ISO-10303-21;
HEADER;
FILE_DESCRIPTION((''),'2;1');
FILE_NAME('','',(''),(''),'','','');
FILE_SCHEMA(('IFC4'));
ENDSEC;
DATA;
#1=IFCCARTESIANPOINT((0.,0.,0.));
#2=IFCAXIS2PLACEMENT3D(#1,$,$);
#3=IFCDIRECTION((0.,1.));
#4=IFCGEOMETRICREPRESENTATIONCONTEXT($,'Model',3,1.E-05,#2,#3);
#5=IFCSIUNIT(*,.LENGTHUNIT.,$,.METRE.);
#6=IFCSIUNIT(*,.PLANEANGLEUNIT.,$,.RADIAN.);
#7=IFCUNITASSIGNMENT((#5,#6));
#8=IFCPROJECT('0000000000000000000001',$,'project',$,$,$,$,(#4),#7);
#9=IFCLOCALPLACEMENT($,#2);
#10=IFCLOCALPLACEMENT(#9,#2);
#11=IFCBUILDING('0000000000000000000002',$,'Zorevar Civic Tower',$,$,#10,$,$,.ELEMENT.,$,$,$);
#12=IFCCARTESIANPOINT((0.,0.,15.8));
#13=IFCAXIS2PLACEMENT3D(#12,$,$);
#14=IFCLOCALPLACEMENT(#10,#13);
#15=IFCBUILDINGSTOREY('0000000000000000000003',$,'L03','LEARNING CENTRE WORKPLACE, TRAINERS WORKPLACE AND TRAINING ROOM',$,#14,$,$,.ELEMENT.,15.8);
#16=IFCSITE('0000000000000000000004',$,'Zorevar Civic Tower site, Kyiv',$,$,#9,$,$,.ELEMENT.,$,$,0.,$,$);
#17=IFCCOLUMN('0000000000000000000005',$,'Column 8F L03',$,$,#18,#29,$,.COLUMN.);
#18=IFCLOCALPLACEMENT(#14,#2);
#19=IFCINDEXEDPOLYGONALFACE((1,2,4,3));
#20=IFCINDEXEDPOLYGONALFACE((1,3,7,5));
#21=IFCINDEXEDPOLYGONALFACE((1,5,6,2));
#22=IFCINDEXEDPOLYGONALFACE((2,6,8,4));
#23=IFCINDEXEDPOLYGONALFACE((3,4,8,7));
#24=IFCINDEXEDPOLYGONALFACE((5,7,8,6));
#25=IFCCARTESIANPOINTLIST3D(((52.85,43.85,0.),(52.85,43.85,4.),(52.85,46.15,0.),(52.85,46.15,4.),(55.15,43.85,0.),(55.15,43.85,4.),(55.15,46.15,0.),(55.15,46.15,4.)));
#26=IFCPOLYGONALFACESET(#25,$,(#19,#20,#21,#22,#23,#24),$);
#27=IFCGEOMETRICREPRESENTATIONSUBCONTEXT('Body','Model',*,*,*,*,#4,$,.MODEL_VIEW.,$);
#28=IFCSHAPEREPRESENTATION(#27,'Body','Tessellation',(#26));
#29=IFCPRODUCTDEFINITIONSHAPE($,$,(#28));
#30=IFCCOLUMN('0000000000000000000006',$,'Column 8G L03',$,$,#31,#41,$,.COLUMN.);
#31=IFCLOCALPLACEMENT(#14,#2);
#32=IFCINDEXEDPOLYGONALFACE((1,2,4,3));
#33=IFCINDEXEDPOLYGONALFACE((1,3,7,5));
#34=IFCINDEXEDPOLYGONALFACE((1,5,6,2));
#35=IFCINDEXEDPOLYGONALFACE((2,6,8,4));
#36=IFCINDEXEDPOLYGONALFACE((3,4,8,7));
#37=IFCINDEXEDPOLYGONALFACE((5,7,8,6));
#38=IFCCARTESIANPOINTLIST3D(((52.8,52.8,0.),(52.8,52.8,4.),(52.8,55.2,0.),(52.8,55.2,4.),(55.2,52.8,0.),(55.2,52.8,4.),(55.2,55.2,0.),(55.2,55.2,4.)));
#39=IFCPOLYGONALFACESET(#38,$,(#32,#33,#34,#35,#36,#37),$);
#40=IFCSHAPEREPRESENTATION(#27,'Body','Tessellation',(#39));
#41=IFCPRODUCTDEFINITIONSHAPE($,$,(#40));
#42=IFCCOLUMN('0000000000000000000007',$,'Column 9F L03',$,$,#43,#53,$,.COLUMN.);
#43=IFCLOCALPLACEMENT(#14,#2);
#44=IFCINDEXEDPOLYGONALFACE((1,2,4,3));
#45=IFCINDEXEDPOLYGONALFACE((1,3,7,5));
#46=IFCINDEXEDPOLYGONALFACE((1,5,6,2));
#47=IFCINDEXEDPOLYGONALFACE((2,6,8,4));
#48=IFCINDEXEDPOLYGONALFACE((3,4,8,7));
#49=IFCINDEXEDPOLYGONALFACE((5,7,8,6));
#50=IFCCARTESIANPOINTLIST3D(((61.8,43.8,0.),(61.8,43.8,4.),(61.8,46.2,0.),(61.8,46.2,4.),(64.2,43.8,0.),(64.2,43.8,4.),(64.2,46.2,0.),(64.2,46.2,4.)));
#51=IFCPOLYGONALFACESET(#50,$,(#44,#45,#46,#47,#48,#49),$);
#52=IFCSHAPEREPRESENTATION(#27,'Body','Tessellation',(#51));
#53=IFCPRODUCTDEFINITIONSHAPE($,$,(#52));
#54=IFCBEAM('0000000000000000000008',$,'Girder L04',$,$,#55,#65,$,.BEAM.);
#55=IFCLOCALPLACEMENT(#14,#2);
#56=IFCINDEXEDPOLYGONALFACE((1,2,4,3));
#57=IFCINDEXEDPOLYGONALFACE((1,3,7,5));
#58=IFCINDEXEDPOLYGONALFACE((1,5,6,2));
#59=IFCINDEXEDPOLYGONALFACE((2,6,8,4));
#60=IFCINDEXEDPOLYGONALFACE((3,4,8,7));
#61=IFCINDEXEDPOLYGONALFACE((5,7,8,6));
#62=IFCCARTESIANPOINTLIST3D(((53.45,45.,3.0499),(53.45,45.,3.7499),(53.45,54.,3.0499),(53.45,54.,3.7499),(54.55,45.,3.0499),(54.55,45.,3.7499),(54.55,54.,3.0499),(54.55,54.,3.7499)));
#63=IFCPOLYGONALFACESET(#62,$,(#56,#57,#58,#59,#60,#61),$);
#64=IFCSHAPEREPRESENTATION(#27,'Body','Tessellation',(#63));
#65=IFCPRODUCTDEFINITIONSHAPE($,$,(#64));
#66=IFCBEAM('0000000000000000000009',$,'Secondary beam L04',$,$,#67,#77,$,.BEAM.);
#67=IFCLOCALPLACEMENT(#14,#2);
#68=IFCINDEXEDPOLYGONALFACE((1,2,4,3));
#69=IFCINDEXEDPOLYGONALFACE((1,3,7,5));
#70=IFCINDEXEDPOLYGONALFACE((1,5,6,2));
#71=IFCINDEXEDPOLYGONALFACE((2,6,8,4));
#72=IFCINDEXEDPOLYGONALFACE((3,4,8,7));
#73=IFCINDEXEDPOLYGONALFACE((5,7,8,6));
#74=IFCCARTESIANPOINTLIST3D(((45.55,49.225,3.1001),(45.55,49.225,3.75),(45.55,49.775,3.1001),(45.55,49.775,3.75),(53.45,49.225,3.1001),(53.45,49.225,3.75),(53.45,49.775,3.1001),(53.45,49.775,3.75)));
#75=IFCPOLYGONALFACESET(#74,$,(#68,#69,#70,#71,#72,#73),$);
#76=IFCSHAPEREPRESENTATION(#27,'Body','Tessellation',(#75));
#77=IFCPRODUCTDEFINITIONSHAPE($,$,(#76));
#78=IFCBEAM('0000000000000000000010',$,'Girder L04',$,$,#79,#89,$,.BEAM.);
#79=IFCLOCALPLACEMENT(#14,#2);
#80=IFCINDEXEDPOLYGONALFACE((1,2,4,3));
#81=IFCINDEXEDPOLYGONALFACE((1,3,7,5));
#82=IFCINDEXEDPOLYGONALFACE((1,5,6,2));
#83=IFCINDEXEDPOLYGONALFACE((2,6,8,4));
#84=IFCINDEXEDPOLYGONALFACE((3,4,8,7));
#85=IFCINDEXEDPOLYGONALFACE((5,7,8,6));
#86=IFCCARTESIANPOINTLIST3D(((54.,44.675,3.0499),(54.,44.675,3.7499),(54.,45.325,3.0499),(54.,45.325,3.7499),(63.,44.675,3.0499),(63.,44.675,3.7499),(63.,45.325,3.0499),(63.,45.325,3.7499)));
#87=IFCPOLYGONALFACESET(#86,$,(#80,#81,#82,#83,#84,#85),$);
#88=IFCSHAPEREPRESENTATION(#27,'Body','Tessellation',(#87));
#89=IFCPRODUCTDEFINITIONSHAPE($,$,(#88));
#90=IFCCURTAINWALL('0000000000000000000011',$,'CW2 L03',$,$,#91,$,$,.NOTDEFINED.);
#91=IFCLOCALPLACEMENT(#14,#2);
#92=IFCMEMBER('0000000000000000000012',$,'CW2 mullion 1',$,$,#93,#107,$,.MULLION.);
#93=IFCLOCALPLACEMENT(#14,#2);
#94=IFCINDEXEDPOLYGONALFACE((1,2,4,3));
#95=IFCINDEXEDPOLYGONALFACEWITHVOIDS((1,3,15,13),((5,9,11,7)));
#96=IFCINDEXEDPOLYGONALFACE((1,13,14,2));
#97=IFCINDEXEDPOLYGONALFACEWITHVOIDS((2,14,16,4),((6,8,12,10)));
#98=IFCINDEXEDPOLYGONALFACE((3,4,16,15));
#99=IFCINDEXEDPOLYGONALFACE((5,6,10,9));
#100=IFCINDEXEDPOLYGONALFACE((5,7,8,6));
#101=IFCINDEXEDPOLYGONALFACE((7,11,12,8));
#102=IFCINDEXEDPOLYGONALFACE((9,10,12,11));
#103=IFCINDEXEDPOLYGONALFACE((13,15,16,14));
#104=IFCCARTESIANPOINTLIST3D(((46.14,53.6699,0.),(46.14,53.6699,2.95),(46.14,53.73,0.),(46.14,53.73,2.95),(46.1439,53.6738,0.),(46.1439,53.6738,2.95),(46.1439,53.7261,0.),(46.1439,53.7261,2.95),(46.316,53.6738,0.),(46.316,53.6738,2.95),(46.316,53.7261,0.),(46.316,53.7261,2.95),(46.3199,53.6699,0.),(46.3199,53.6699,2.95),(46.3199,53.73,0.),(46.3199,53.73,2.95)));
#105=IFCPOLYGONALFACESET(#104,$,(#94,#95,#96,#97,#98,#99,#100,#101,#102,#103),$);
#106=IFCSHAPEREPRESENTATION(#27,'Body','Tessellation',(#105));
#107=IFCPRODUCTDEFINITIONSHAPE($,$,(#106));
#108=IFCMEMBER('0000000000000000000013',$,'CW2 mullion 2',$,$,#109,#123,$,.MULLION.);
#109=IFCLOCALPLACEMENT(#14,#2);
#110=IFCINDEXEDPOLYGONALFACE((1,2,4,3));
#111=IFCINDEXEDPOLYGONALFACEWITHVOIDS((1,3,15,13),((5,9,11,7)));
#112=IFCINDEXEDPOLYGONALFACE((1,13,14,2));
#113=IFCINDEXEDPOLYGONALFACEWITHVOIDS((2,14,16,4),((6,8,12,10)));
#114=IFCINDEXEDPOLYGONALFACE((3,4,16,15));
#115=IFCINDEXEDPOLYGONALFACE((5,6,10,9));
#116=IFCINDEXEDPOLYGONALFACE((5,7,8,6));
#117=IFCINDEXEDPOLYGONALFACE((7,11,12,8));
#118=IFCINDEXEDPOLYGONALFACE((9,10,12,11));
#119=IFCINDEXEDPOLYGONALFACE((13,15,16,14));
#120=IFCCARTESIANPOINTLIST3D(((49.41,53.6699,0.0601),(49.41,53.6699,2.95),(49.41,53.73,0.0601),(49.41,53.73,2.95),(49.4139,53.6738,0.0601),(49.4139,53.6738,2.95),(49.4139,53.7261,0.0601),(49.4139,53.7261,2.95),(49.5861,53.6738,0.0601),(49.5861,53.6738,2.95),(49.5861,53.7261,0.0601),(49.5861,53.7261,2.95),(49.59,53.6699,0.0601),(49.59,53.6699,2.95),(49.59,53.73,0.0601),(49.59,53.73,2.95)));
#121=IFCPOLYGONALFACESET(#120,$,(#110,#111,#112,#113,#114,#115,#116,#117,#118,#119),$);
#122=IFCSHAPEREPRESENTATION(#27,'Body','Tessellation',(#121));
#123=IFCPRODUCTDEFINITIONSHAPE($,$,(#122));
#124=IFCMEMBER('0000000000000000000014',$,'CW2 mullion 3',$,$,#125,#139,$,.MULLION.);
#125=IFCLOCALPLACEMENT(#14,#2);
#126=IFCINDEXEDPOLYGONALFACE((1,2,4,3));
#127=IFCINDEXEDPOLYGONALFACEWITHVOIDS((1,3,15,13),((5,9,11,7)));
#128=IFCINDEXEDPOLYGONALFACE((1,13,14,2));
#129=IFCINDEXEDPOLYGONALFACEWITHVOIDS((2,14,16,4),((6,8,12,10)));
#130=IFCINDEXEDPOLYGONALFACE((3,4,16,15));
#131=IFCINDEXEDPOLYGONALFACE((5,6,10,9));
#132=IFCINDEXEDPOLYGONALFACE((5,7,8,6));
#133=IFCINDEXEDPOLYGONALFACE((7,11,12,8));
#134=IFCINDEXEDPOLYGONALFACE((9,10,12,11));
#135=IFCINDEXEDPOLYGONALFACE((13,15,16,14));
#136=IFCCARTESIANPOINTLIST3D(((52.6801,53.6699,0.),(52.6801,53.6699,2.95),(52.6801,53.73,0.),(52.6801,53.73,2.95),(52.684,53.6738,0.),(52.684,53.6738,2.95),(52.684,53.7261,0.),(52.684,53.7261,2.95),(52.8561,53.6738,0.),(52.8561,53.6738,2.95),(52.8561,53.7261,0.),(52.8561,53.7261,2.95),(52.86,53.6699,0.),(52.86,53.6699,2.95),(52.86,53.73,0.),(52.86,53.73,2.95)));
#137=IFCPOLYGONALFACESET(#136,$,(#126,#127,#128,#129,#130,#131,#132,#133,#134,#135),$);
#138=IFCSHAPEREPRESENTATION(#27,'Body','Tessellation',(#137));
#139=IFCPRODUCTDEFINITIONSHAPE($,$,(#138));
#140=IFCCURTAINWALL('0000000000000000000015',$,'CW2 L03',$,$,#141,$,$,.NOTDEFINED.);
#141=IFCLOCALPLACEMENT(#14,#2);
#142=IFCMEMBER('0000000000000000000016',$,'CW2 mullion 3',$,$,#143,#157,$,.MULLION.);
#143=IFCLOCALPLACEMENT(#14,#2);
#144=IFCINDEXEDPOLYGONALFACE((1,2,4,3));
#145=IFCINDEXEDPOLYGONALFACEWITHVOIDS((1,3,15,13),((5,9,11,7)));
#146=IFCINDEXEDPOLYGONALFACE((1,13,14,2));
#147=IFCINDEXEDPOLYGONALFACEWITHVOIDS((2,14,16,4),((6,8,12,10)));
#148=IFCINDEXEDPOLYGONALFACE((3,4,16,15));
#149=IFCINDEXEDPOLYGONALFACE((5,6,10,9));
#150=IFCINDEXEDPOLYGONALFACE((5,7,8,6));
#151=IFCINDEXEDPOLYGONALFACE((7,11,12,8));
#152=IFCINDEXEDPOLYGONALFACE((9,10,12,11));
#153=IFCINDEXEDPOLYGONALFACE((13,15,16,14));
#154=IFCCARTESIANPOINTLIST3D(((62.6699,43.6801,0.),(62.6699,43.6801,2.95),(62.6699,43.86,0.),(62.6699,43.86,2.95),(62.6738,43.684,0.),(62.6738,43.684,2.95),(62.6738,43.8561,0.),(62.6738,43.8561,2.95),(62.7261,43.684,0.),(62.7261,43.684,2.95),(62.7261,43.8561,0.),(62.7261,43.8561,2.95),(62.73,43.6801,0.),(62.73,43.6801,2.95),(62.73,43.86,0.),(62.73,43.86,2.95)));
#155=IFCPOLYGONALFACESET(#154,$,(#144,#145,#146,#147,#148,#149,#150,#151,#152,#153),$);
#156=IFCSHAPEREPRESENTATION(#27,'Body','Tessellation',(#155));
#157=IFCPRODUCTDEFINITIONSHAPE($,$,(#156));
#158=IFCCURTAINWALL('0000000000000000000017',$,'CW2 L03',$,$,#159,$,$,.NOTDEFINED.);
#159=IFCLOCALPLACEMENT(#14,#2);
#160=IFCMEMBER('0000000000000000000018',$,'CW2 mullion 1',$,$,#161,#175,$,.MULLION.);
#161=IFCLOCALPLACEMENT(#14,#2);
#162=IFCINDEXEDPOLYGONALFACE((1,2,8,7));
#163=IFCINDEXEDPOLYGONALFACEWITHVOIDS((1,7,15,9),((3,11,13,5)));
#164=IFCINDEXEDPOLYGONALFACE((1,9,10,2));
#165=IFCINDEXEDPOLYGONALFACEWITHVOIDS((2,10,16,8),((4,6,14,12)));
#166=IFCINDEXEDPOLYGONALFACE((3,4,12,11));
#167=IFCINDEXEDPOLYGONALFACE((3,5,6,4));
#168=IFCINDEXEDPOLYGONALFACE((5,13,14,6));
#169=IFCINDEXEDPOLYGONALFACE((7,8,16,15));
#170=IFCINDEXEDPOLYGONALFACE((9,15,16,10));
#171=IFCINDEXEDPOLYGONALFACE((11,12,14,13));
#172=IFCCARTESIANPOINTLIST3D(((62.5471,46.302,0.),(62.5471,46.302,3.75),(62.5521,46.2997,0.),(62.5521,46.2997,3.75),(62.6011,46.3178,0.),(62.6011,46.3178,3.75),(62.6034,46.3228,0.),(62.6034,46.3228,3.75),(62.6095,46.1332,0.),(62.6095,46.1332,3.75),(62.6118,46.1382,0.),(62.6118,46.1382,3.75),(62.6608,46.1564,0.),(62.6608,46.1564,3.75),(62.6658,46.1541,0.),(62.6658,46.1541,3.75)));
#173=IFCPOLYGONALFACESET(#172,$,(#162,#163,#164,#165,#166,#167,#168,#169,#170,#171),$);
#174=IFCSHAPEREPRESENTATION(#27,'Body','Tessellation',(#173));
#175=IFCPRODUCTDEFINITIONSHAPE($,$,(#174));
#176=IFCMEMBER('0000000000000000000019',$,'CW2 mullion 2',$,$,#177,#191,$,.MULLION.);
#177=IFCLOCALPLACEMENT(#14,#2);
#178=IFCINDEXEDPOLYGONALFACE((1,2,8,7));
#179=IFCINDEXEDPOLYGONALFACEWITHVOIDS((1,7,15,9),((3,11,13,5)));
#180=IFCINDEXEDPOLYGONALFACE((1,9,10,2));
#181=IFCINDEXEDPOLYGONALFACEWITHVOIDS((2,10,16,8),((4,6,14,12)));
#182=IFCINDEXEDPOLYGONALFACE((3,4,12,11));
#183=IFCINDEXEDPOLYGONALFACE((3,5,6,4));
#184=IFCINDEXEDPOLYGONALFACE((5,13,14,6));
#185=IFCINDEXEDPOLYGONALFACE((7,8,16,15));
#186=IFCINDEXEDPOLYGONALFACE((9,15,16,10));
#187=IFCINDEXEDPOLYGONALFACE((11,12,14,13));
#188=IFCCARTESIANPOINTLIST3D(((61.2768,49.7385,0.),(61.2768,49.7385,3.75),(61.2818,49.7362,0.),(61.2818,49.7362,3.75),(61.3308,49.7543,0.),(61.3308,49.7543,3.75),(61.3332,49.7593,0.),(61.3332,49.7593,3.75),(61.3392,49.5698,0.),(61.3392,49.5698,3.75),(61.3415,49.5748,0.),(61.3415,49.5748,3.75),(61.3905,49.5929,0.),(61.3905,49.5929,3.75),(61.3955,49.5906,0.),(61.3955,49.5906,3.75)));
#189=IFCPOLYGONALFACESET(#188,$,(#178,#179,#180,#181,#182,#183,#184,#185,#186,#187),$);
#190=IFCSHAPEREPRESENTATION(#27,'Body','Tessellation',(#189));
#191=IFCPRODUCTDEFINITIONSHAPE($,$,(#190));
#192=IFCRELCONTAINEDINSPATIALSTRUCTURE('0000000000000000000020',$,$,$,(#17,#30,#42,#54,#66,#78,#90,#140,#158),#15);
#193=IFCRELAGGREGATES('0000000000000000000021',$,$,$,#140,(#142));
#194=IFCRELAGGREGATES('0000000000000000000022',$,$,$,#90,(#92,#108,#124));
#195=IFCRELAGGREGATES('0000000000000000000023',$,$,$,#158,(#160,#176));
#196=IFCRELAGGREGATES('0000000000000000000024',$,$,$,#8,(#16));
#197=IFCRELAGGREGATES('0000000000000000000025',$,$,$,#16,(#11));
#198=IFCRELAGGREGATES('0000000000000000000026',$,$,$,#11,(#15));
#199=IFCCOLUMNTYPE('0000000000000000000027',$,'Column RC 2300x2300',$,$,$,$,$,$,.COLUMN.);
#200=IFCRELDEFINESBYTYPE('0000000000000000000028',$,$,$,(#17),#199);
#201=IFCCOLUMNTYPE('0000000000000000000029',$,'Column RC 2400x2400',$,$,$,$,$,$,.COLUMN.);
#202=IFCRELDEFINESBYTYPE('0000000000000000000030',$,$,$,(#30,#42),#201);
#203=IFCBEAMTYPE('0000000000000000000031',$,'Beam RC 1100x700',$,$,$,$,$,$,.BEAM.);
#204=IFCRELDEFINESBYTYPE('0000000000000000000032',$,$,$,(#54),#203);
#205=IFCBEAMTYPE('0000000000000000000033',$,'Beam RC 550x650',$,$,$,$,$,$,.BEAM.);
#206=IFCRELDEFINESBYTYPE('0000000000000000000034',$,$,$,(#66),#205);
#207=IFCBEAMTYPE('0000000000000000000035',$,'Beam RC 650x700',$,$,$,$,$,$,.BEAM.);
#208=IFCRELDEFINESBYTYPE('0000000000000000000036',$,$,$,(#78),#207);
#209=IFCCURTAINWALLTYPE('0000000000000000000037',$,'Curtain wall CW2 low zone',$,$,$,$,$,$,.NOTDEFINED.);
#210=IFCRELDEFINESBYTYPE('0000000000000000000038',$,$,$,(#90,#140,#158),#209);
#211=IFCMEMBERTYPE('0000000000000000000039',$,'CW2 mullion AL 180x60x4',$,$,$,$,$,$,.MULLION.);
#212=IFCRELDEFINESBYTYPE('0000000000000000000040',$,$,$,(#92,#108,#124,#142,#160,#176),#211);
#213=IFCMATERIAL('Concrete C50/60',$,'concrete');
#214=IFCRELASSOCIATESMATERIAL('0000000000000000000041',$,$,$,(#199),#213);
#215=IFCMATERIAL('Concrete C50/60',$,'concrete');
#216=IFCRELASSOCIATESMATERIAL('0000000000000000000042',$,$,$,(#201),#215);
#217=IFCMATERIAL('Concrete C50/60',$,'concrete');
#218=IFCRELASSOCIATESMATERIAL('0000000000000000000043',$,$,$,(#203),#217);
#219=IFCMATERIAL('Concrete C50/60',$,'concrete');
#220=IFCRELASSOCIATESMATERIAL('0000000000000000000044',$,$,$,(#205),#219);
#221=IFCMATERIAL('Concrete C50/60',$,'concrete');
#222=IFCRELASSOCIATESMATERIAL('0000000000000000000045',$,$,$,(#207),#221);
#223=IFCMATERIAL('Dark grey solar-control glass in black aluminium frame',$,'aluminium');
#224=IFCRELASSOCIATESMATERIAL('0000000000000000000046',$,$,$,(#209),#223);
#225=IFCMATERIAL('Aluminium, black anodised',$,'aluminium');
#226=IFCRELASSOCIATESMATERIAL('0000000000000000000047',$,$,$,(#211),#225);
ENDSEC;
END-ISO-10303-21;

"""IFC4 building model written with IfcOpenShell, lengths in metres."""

from ifc_helpers import new_model, si_unit, direction, frame, origin, origin_2d, place, context, subcontext, project, spatial, rectangle, hollow_rectangle, extrude, material, material_profile, profile_set, type_object, element, aggregate, save


model = new_model("IFC4")

# Units and contexts
model_context = context("Model", 3, precision=1e-05, world=origin(), true_north=direction((0.0, 1.0)))
body_context = subcontext(model_context, "Body", "Model", "MODEL_VIEW")
ifc_project = project(units=[si_unit("LENGTHUNIT", "METRE"), si_unit("PLANEANGLEUNIT", "RADIAN")], contexts=[model_context])

# Site, building, storey
site_placement = place(None, origin())
site = spatial("IfcSite", under=ifc_project, at=site_placement, Name="Zorevar Civic Tower site, Kyiv", CompositionType="ELEMENT", RefElevation=0.0)
building_placement = place(site_placement, origin())
building = spatial("IfcBuilding", under=site, at=building_placement, Name="Zorevar Civic Tower", CompositionType="ELEMENT")
storey_placement = place(building_placement, frame((0.0, 0.0, 15.8)))
storey = spatial("IfcBuildingStorey", under=building, at=storey_placement, Name="L03", Description="LEARNING CENTRE WORKPLACE, TRAINERS WORKPLACE AND TRAINING ROOM", CompositionType="ELEMENT", Elevation=15.8)

# Columns
ifc_material_1 = material(Name="Concrete C50/60", Category="concrete")
ifc_material_profile_1 = material_profile(ifc_material_1, rectangle(XDim=2.3, YDim=2.3, at=origin_2d()), Name="RC 2300x2300")
ifc_profile_set_1 = profile_set([ifc_material_profile_1], Name="Concrete C50/60")
column_type_1 = type_object("IfcColumnType", Name="Column RC 2300x2300", PredefinedType="COLUMN", material=ifc_profile_set_1)
column_placement = place(storey_placement, frame((54.0, 45.0, 0.0), z_axis=(0.0, 0.0, 1.0), x_axis=(1.0, 0.0, 0.0)))
element("IfcColumn", 1, at=column_placement, inside=storey, type_object=column_type_1, Name="Column 8F L03", PredefinedType="COLUMN", context=body_context, shape_type="SweptSolid", body=[
    extrude(rectangle(XDim=2.3, YDim=2.3, at=origin_2d()), origin(), (0.0, 0.0, 1.0), 4.0),
])
ifc_material_2 = material(Name="Concrete C50/60", Category="concrete")
ifc_material_profile_2 = material_profile(ifc_material_2, rectangle(XDim=2.3999, YDim=2.3999, at=origin_2d()), Name="RC 2400x2400")
ifc_profile_set_2 = profile_set([ifc_material_profile_2], Name="Concrete C50/60")
column_type_2 = type_object("IfcColumnType", Name="Column RC 2400x2400", PredefinedType="COLUMN", material=ifc_profile_set_2)
for number, where, z_axis, x_axis, name in (
    (2, (54.0, 54.0, 0.0), (0.0, 0.0, 1.0), (1.0, 0.0, 0.0), "Column 8G L03"),
    (3, (63.0, 45.0, 0.0), (0.0, 0.0, 1.0), (1.0, 0.0, 0.0), "Column 9F L03"),
):
    element("IfcColumn", number, at=place(storey_placement, frame(where, z_axis=z_axis, x_axis=x_axis)), inside=storey, type_object=column_type_2, Name=name, PredefinedType="COLUMN", context=body_context, shape_type="SweptSolid", body=[
        extrude(rectangle(XDim=2.3999, YDim=2.3999, at=origin_2d()), origin(), (0.0, 0.0, 1.0), 4.0),
    ])

# Beams
ifc_material_3 = material(Name="Concrete C50/60", Category="concrete")
ifc_material_profile_3 = material_profile(ifc_material_3, rectangle(XDim=1.1001, YDim=0.7, at=origin_2d()), Name="RC 1100x700")
ifc_profile_set_3 = profile_set([ifc_material_profile_3], Name="Concrete C50/60")
beam_type_1 = type_object("IfcBeamType", Name="Beam RC 1100x700", PredefinedType="BEAM", material=ifc_profile_set_3)
beam_1_placement = place(storey_placement, frame((54.0, 45.0, 3.3999), z_axis=(0.0, 1.0, 0.0), x_axis=(-1.0, 0.0, 0.0)))
element("IfcBeam", 4, at=beam_1_placement, inside=storey, type_object=beam_type_1, Name="Girder L04", PredefinedType="BEAM", context=body_context, shape_type="SweptSolid", body=[
    extrude(rectangle(XDim=1.1001, YDim=0.7, at=origin_2d()), origin(), (0.0, 0.0, 1.0), 9.0),
])
ifc_material_4 = material(Name="Concrete C50/60", Category="concrete")
ifc_material_profile_4 = material_profile(ifc_material_4, rectangle(XDim=0.55, YDim=0.6499, at=origin_2d()), Name="RC 550x650")
ifc_profile_set_4 = profile_set([ifc_material_profile_4], Name="Concrete C50/60")
beam_type_2 = type_object("IfcBeamType", Name="Beam RC 550x650", PredefinedType="BEAM", material=ifc_profile_set_4)
beam_2_placement = place(storey_placement, frame((45.55, 49.5, 3.425), z_axis=(1.0, 0.0, 0.0), x_axis=(0.0, 1.0, 0.0)))
element("IfcBeam", 5, at=beam_2_placement, inside=storey, type_object=beam_type_2, Name="Secondary beam L04", PredefinedType="BEAM", context=body_context, shape_type="SweptSolid", body=[
    extrude(rectangle(XDim=0.55, YDim=0.6499, at=origin_2d()), origin(), (0.0, 0.0, 1.0), 7.8999),
])
ifc_material_5 = material(Name="Concrete C50/60", Category="concrete")
ifc_material_profile_5 = material_profile(ifc_material_5, rectangle(XDim=0.6499, YDim=0.7, at=origin_2d()), Name="RC 650x700")
ifc_profile_set_5 = profile_set([ifc_material_profile_5], Name="Concrete C50/60")
beam_type_3 = type_object("IfcBeamType", Name="Beam RC 650x700", PredefinedType="BEAM", material=ifc_profile_set_5)
beam_3_placement = place(storey_placement, frame((54.0, 45.0, 3.3999), z_axis=(1.0, 0.0, 0.0), x_axis=(0.0, 1.0, 0.0)))
element("IfcBeam", 6, at=beam_3_placement, inside=storey, type_object=beam_type_3, Name="Girder L04", PredefinedType="BEAM", context=body_context, shape_type="SweptSolid", body=[
    extrude(rectangle(XDim=0.6499, YDim=0.7, at=origin_2d()), origin(), (0.0, 0.0, 1.0), 9.0),
])

# Curtain wall, members
ifc_material_6 = material(Name="Dark grey solar-control glass in black aluminium frame", Category="aluminium")
curtain_wall_type = type_object("IfcCurtainWallType", Name="Curtain wall CW2 low zone", PredefinedType="NOTDEFINED", material=ifc_material_6)
curtain_wall_1_placement = place(storey_placement, origin())
curtain_wall_1 = element("IfcCurtainWall", 7, at=curtain_wall_1_placement, inside=storey, type_object=curtain_wall_type, Name="CW2 L03", PredefinedType="NOTDEFINED")
ifc_material_7 = material(Name="Aluminium, black anodised", Category="aluminium")
ifc_material_profile_6 = material_profile(ifc_material_7, hollow_rectangle(XDim=0.0601, YDim=0.1799, WallThickness=0.0039, at=origin_2d()), Name="AL 180x60x4")
ifc_profile_set_6 = profile_set([ifc_material_profile_6], Name="Aluminium, black anodised")
member_type_1 = type_object("IfcMemberType", Name="CW2 mullion AL 180x60x4", PredefinedType="MULLION", material=ifc_profile_set_6)
member_1_placement = place(storey_placement, frame((46.23, 53.7, 0.0), z_axis=(0.0, 0.0, 1.0), x_axis=(0.0, 1.0, 0.0)))
member_1 = element("IfcMember", 8, at=member_1_placement, type_object=member_type_1, Name="CW2 mullion 1", PredefinedType="MULLION", context=body_context, shape_type="SweptSolid", body=[
    extrude(hollow_rectangle(XDim=0.0601, YDim=0.1799, WallThickness=0.0039, at=origin_2d()), origin(), (0.0, 0.0, 1.0), 2.95),
])
member_2_placement = place(storey_placement, frame((49.5, 53.7, 0.0601), z_axis=(0.0, 0.0, 1.0), x_axis=(0.0, 1.0, 0.0)))
member_2 = element("IfcMember", 9, at=member_2_placement, type_object=member_type_1, Name="CW2 mullion 2", PredefinedType="MULLION", context=body_context, shape_type="SweptSolid", body=[
    extrude(hollow_rectangle(XDim=0.0601, YDim=0.1799, WallThickness=0.0039, at=origin_2d()), origin(), (0.0, 0.0, 1.0), 2.8899),
])
member_3_placement = place(storey_placement, frame((52.77, 53.7, 0.0), z_axis=(0.0, 0.0, 1.0), x_axis=(0.0, 1.0, 0.0)))
member_3 = element("IfcMember", 10, at=member_3_placement, type_object=member_type_1, Name="CW2 mullion 3", PredefinedType="MULLION", context=body_context, shape_type="SweptSolid", body=[
    extrude(hollow_rectangle(XDim=0.0601, YDim=0.1799, WallThickness=0.0039, at=origin_2d()), origin(), (0.0, 0.0, 1.0), 2.95),
])

# Curtain wall, member
curtain_wall_2_placement = place(storey_placement, origin())
curtain_wall_2 = element("IfcCurtainWall", 11, at=curtain_wall_2_placement, inside=storey, type_object=curtain_wall_type, Name="CW2 L03", PredefinedType="NOTDEFINED")
member_4_placement = place(storey_placement, frame((62.7, 43.77, 0.0), z_axis=(0.0, 0.0, 1.0), x_axis=(-1.0, 0.0, 0.0)))
member_4 = element("IfcMember", 12, at=member_4_placement, type_object=member_type_1, Name="CW2 mullion 3", PredefinedType="MULLION", context=body_context, shape_type="SweptSolid", body=[
    extrude(hollow_rectangle(XDim=0.0601, YDim=0.1799, WallThickness=0.0039, at=origin_2d()), origin(), (0.0, 0.0, 1.0), 2.95),
])
aggregate(curtain_wall_2, [member_4])

# Curtain wall, members
curtain_wall_3_placement = place(storey_placement, origin())
curtain_wall_3 = element("IfcCurtainWall", 13, at=curtain_wall_3_placement, inside=storey, type_object=curtain_wall_type, Name="CW2 L03", PredefinedType="NOTDEFINED")
member_5_placement = place(storey_placement, frame((62.6064, 46.228, 0.0), z_axis=(0.0, 0.0, 1.0), x_axis=(-0.937975, -0.346704, 0.0)))
member_5 = element("IfcMember", 14, at=member_5_placement, type_object=member_type_1, Name="CW2 mullion 1", PredefinedType="MULLION", context=body_context, shape_type="SweptSolid", body=[
    extrude(hollow_rectangle(XDim=0.0601, YDim=0.1799, WallThickness=0.0039, at=origin_2d()), origin(), (0.0, 0.0, 1.0), 3.75),
])
member_6_placement = place(storey_placement, frame((61.3362, 49.6646, 0.0), z_axis=(0.0, 0.0, 1.0), x_axis=(-0.937975, -0.346704, 0.0)))
member_6 = element("IfcMember", 15, at=member_6_placement, type_object=member_type_1, Name="CW2 mullion 2", PredefinedType="MULLION", context=body_context, shape_type="SweptSolid", body=[
    extrude(hollow_rectangle(XDim=0.0601, YDim=0.1799, WallThickness=0.0039, at=origin_2d()), origin(), (0.0, 0.0, 1.0), 3.75),
])

aggregate(curtain_wall_1, [member_1, member_2, member_3])
aggregate(curtain_wall_3, [member_5, member_6])

save(model, "model.ifc")
